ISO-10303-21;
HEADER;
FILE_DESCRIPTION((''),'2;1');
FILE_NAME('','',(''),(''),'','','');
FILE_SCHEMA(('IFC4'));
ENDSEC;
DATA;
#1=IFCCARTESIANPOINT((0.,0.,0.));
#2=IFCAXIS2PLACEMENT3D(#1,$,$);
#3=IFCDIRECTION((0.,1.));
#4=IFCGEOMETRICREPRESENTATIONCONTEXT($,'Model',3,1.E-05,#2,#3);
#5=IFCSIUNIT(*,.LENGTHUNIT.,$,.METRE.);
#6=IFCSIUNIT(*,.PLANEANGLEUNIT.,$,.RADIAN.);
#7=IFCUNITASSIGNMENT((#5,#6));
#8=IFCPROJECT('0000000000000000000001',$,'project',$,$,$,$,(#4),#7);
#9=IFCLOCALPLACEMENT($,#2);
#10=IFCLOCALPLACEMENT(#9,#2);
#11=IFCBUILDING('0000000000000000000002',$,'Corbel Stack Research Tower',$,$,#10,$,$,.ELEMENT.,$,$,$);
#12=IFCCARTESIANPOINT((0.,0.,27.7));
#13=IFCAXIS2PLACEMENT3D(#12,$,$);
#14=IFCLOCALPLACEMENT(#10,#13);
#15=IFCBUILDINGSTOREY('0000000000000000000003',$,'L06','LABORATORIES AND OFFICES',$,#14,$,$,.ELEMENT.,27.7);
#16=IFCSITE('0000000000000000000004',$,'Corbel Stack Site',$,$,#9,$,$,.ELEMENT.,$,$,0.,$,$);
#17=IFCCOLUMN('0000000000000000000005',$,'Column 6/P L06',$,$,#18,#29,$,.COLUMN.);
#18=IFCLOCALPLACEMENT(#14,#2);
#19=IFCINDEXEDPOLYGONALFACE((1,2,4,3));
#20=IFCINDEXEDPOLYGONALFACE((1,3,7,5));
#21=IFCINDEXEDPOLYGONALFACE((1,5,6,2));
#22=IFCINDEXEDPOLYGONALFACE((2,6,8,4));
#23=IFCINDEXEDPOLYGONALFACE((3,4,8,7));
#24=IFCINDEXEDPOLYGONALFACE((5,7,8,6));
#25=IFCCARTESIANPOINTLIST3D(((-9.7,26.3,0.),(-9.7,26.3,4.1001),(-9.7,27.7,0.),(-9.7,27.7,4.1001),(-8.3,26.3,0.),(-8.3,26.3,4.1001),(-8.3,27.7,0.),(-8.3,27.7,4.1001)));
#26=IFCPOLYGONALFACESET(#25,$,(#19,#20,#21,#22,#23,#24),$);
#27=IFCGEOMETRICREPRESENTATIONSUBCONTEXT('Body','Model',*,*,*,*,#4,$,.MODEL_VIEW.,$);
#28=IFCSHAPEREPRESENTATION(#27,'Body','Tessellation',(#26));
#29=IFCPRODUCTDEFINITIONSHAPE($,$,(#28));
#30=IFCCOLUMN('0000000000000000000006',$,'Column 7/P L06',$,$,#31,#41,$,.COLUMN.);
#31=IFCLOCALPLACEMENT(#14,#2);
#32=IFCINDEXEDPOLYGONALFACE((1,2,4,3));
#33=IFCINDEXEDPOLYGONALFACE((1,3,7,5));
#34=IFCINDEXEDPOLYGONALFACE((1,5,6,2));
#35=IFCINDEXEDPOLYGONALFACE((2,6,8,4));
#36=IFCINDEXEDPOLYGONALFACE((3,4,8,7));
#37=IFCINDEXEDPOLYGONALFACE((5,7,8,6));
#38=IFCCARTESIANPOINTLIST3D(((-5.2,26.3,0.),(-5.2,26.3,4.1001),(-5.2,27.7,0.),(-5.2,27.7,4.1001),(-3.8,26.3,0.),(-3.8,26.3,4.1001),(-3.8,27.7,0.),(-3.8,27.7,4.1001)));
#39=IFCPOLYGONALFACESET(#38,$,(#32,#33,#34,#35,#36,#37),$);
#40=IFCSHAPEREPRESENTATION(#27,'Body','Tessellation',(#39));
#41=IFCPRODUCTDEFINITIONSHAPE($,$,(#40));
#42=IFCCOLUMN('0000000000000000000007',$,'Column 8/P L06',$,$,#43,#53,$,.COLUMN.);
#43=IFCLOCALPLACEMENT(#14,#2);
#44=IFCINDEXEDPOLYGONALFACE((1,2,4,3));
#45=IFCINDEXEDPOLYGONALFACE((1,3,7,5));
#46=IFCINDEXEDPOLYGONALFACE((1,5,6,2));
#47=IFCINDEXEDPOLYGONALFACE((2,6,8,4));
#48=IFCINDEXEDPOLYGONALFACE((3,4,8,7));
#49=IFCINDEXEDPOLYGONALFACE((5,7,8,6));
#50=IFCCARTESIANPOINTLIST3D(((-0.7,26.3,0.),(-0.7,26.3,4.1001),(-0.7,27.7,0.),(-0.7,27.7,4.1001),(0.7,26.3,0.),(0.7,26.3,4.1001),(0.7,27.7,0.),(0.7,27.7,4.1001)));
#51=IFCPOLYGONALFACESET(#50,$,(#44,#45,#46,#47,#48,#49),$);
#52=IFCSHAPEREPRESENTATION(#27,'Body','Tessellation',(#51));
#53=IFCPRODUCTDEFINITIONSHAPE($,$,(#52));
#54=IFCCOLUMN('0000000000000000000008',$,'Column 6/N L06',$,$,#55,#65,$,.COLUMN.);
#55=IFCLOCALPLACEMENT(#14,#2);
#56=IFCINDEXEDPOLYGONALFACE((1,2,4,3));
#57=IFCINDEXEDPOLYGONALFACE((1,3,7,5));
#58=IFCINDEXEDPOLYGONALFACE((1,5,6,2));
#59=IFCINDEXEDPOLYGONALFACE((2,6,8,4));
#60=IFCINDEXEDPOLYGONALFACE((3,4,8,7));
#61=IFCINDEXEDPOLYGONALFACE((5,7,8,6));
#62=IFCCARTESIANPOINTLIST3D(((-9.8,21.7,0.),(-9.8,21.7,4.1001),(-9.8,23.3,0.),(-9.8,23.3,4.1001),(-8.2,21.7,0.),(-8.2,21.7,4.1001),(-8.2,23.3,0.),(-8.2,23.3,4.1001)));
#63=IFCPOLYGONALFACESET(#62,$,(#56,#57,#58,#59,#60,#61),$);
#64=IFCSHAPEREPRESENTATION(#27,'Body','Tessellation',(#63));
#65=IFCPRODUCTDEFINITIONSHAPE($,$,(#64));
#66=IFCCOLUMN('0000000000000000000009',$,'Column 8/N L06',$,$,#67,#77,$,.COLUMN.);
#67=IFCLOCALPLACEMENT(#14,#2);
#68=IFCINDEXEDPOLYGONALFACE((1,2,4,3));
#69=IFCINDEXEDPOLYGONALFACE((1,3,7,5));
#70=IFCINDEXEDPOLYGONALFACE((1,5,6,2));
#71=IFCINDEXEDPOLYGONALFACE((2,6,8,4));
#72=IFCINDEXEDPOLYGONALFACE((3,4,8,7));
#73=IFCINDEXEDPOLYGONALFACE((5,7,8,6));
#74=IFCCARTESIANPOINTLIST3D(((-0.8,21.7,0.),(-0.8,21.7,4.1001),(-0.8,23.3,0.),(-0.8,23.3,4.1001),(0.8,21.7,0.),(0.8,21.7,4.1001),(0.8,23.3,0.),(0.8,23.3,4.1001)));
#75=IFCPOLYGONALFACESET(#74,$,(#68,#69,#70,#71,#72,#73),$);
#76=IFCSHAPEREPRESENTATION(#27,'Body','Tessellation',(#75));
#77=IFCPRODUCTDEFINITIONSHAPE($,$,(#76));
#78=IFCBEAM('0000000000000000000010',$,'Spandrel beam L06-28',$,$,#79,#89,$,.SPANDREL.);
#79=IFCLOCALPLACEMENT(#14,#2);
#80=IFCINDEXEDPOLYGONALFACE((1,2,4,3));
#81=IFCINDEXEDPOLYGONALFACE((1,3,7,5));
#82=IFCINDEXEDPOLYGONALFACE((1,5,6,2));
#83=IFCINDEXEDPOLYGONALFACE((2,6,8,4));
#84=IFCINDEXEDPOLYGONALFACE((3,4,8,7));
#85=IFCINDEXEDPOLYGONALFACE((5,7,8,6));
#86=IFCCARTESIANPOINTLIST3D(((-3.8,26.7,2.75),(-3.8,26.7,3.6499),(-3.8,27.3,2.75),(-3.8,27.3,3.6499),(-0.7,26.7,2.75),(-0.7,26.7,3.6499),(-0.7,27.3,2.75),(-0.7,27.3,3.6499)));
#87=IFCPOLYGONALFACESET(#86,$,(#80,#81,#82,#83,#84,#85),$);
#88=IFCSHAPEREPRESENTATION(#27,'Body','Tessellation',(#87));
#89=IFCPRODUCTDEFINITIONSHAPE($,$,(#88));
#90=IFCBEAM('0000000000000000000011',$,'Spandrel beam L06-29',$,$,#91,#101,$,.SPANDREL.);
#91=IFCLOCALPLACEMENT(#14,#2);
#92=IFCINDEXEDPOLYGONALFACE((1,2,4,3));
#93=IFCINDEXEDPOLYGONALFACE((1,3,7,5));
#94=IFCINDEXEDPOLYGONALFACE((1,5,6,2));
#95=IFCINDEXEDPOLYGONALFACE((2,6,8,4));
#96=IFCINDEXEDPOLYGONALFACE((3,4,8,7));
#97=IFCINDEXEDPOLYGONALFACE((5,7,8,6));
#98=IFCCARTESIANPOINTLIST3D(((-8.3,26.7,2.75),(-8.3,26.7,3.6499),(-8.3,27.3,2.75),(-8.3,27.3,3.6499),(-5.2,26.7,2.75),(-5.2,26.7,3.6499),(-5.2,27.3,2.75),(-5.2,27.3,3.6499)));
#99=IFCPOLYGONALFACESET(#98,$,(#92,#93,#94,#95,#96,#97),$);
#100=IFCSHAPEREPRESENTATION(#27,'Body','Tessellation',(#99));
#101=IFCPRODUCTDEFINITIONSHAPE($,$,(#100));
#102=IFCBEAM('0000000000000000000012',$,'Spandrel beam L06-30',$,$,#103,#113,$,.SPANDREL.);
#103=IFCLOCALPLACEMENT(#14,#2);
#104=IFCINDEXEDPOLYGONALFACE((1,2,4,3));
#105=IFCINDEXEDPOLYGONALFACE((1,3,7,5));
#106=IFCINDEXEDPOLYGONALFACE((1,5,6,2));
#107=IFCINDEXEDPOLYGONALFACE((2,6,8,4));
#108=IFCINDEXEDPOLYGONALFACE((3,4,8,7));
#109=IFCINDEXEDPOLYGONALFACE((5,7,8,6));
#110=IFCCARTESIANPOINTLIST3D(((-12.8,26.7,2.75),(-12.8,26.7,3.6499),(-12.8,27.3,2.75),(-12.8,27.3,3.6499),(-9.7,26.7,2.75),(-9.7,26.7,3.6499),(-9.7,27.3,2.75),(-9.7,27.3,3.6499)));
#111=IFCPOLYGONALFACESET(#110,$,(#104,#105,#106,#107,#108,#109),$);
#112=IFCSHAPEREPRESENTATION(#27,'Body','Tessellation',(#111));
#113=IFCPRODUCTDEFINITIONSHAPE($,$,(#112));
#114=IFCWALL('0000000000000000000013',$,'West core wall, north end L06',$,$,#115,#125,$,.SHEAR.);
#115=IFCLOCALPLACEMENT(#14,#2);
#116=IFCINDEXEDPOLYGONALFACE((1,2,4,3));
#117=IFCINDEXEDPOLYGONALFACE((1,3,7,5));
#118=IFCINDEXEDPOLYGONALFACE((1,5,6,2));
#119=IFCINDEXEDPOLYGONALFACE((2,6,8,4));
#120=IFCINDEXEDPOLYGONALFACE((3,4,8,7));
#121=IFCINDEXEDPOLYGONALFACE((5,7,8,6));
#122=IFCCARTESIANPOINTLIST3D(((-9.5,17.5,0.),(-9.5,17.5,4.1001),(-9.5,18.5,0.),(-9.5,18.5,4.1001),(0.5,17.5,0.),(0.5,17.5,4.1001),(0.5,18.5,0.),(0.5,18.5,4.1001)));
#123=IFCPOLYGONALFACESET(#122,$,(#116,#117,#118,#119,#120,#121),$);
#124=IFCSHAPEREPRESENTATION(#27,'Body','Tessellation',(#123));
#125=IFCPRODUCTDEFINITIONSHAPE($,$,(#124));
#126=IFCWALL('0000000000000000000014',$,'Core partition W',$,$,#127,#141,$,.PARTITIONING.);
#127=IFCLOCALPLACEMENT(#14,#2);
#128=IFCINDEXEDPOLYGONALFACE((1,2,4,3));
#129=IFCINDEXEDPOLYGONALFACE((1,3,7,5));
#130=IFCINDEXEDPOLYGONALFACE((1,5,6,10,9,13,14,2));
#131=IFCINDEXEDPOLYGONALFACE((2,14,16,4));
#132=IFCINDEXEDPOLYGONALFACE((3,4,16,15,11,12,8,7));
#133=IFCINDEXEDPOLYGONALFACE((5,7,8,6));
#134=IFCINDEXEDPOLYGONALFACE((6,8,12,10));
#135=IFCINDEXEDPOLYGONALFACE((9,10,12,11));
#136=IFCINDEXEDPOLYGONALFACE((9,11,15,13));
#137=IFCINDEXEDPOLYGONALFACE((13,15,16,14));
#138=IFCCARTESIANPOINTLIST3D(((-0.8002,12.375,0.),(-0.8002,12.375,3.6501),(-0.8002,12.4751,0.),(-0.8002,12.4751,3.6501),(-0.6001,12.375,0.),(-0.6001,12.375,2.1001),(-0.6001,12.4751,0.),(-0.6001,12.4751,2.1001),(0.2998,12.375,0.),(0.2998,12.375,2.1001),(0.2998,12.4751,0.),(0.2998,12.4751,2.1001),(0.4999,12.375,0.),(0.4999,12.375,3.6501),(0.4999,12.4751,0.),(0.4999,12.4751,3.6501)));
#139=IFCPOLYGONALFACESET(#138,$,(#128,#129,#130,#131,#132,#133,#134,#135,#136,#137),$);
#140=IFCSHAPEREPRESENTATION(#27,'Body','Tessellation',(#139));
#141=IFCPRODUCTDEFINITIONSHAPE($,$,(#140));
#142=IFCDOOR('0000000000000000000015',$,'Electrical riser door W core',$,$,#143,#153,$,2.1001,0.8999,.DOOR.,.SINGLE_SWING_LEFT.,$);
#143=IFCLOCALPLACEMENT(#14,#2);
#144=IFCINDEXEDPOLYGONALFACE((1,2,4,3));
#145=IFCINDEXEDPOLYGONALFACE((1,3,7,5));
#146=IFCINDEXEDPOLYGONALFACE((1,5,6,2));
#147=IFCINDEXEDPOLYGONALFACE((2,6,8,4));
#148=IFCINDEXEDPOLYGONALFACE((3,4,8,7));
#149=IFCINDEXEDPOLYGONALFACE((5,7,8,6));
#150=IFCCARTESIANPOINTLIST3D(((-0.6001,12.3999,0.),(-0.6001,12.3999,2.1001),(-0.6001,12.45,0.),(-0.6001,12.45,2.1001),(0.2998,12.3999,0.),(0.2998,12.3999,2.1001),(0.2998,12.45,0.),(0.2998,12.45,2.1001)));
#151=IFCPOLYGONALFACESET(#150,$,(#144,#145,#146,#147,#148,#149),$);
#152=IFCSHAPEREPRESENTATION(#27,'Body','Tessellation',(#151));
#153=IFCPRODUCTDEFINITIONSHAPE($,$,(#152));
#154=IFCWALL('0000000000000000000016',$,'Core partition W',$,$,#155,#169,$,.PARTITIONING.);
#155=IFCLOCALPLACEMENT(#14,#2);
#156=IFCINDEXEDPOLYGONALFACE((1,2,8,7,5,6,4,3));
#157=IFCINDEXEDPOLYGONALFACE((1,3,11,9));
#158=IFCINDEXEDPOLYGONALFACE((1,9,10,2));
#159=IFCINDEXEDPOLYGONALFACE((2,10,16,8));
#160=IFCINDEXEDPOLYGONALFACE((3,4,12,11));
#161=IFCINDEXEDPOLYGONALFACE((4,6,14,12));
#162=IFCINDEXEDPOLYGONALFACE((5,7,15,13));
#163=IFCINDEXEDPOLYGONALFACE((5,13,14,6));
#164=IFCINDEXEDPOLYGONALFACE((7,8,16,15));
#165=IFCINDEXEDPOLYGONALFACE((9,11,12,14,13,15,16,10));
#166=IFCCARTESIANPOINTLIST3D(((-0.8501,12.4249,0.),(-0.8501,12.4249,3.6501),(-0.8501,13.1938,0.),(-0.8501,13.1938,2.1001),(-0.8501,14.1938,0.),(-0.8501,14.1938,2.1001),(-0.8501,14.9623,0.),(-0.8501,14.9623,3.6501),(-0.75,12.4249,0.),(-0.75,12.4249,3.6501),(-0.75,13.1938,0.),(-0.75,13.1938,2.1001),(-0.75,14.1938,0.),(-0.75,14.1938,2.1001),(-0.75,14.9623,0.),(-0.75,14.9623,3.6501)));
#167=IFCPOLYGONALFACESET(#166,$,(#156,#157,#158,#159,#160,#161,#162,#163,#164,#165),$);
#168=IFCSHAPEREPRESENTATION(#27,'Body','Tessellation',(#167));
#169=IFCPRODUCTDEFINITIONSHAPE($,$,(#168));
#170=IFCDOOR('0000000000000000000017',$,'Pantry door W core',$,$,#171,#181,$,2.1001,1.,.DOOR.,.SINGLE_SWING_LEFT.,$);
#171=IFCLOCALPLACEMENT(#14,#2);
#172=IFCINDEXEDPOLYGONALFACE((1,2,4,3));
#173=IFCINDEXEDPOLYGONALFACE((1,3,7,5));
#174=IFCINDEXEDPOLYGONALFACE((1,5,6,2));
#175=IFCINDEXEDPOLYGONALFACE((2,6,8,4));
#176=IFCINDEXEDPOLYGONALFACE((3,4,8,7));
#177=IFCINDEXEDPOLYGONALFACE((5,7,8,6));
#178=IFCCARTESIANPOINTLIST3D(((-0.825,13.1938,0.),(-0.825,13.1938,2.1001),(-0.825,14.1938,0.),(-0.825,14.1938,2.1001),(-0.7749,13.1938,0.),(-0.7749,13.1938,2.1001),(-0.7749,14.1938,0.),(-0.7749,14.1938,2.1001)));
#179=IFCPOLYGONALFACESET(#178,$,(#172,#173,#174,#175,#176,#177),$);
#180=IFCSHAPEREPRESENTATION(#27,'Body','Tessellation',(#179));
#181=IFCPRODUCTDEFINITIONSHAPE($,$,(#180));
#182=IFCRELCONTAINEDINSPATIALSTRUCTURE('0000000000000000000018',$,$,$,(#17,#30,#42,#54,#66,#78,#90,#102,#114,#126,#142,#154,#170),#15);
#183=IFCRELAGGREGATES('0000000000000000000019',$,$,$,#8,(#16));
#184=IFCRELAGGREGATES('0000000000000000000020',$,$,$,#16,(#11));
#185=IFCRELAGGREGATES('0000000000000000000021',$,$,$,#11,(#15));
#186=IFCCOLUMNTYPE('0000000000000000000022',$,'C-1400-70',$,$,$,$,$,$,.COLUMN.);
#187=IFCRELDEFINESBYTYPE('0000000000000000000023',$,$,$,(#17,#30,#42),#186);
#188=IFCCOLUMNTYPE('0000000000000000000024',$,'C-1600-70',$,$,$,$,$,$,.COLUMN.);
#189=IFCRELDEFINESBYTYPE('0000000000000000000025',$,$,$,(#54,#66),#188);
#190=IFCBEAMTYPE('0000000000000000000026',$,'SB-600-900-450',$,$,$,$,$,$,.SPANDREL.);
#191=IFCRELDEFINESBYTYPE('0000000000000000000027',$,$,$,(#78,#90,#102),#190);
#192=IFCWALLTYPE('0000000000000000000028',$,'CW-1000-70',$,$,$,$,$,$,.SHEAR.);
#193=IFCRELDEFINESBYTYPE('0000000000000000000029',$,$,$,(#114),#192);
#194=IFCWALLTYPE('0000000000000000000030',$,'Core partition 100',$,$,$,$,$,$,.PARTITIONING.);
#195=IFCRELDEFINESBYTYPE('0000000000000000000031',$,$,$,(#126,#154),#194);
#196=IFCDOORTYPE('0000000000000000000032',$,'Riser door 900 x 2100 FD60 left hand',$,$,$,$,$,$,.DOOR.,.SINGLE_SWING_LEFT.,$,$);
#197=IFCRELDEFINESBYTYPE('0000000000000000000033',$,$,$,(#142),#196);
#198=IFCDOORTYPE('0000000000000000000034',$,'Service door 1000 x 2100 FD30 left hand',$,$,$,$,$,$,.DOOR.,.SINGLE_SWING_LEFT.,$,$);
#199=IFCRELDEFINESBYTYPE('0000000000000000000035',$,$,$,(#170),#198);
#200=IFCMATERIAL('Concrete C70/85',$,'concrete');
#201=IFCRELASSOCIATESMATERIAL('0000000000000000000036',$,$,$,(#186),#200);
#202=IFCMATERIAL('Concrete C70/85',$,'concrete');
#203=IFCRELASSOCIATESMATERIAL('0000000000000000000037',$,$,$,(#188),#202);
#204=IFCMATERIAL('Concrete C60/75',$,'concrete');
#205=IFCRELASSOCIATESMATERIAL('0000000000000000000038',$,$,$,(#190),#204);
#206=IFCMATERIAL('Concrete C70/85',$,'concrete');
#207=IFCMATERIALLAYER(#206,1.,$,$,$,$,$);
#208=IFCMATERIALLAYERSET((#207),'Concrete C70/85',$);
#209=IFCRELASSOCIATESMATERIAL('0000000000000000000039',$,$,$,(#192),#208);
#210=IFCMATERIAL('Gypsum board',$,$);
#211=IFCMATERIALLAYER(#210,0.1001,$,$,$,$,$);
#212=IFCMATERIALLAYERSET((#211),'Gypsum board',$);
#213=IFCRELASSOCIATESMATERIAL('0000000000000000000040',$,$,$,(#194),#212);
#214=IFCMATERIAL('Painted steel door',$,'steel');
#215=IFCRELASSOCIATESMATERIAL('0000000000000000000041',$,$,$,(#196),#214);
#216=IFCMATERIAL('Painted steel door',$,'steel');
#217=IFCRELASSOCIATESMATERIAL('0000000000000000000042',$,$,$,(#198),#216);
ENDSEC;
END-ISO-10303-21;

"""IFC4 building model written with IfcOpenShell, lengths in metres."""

from ifc_helpers import new_model, si_unit, direction, frame, frame_2d, origin, origin_2d, place, context, subcontext, project, spatial, rectangle, extrude, material, layer, layer_set, material_profile, profile_set, type_object, element, fill, save


model = new_model("IFC4")

# Units and contexts
model_context = context("Model", 3, precision=1e-05, world=origin(), true_north=direction((0.0, 1.0)))
body_context = subcontext(model_context, "Body", "Model", "MODEL_VIEW")
ifc_project = project(units=[si_unit("LENGTHUNIT", "METRE"), si_unit("PLANEANGLEUNIT", "RADIAN")], contexts=[model_context])

# Site, building, storey
site_placement = place(None, origin())
site = spatial("IfcSite", under=ifc_project, at=site_placement, Name="Corbel Stack Site", CompositionType="ELEMENT", RefElevation=0.0)
building_placement = place(site_placement, origin())
building = spatial("IfcBuilding", under=site, at=building_placement, Name="Corbel Stack Research Tower", CompositionType="ELEMENT")
storey_placement = place(building_placement, frame((0.0, 0.0, 27.7)))
storey = spatial("IfcBuildingStorey", under=building, at=storey_placement, Name="L06", Description="LABORATORIES AND OFFICES", CompositionType="ELEMENT", Elevation=27.7)

# Columns
ifc_material_1 = material(Name="Concrete C70/85", Category="concrete")
ifc_material_profile_1 = material_profile(ifc_material_1, rectangle(XDim=1.3999, YDim=1.3999, at=origin_2d()), Name="RC 1400 x 1400")
ifc_profile_set_1 = profile_set([ifc_material_profile_1], Name="Concrete C70/85")
column_type_1 = type_object("IfcColumnType", Name="C-1400-70", PredefinedType="COLUMN", material=ifc_profile_set_1)
for number, where, z_axis, x_axis, name in (
    (1, (-9.0, 27.0, 0.0), (0.0, 0.0, 1.0), (1.0, 0.0, 0.0), "Column 6/P L06"),
    (2, (-4.5, 27.0, 0.0), (0.0, 0.0, 1.0), (1.0, 0.0, 0.0), "Column 7/P L06"),
    (3, (0.0, 27.0, 0.0), (0.0, 0.0, 1.0), (1.0, 0.0, 0.0), "Column 8/P L06"),
):
    element("IfcColumn", number, at=place(storey_placement, frame(where, z_axis=z_axis, x_axis=x_axis)), inside=storey, type_object=column_type_1, Name=name, PredefinedType="COLUMN", context=body_context, shape_type="SweptSolid", body=[
        extrude(rectangle(XDim=1.3999, YDim=1.3999, at=origin_2d()), origin(), (0.0, 0.0, 1.0), 4.1001),
    ])
ifc_material_2 = material(Name="Concrete C70/85", Category="concrete")
ifc_material_profile_2 = material_profile(ifc_material_2, rectangle(XDim=1.6001, YDim=1.6001, at=origin_2d()), Name="RC 1600 x 1600")
ifc_profile_set_2 = profile_set([ifc_material_profile_2], Name="Concrete C70/85")
column_type_2 = type_object("IfcColumnType", Name="C-1600-70", PredefinedType="COLUMN", material=ifc_profile_set_2)
for number, where, z_axis, x_axis, name in (
    (4, (-9.0, 22.5, 0.0), (0.0, 0.0, 1.0), (1.0, 0.0, 0.0), "Column 6/N L06"),
    (5, (0.0, 22.5, 0.0), (0.0, 0.0, 1.0), (1.0, 0.0, 0.0), "Column 8/N L06"),
):
    element("IfcColumn", number, at=place(storey_placement, frame(where, z_axis=z_axis, x_axis=x_axis)), inside=storey, type_object=column_type_2, Name=name, PredefinedType="COLUMN", context=body_context, shape_type="SweptSolid", body=[
        extrude(rectangle(XDim=1.6001, YDim=1.6001, at=origin_2d()), origin(), (0.0, 0.0, 1.0), 4.1001),
    ])

# Beams
ifc_material_3 = material(Name="Concrete C60/75", Category="concrete")
ifc_material_profile_3 = material_profile(ifc_material_3, rectangle(XDim=0.6001, YDim=0.8999, at=origin_2d()), Name="RC 600 x 900")
ifc_profile_set_3 = profile_set([ifc_material_profile_3], Name="Concrete C60/75")
beam_type = type_object("IfcBeamType", Name="SB-600-900-450", PredefinedType="SPANDREL", material=ifc_profile_set_3)
for number, where, z_axis, x_axis, name in (
    (6, (-0.7, 27.0, 3.2), (-1.0, 0.0, 0.0), (0.0, -1.0, 0.0), "Spandrel beam L06-28"),
    (7, (-5.2, 27.0, 3.2), (-1.0, 0.0, 0.0), (0.0, -1.0, 0.0), "Spandrel beam L06-29"),
    (8, (-9.7, 27.0, 3.2), (-1.0, 0.0, 0.0), (0.0, -1.0, 0.0), "Spandrel beam L06-30"),
):
    element("IfcBeam", number, at=place(storey_placement, frame(where, z_axis=z_axis, x_axis=x_axis)), inside=storey, type_object=beam_type, Name=name, PredefinedType="SPANDREL", context=body_context, shape_type="SweptSolid", body=[
        extrude(rectangle(XDim=0.6001, YDim=0.8999, at=origin_2d()), origin(), (0.0, 0.0, 1.0), 3.1001),
    ])

# Wall
ifc_material_4 = material(Name="Concrete C70/85", Category="concrete")
ifc_layer_1 = layer(ifc_material_4, 1.0)
ifc_layer_set_1 = layer_set([ifc_layer_1], Name="Concrete C70/85")
wall_type_1 = type_object("IfcWallType", Name="CW-1000-70", PredefinedType="SHEAR", material=ifc_layer_set_1)
wall_1_placement = place(storey_placement, frame((-9.5, 18.0, 0.0), z_axis=(0.0, 0.0, 1.0), x_axis=(1.0, 0.0, 0.0)))
element("IfcWall", 9, at=wall_1_placement, inside=storey, type_object=wall_type_1, Name="West core wall, north end L06", PredefinedType="SHEAR", context=body_context, shape_type="SweptSolid", body=[
    extrude(rectangle(XDim=10.0, YDim=1.0, at=frame_2d((5.0, 0.0))), origin(), (0.0, 0.0, 1.0), 4.1001),
])

# Walls, openings, doors
ifc_material_5 = material(Name="Gypsum board")
ifc_layer_2 = layer(ifc_material_5, 0.1001)
ifc_layer_set_2 = layer_set([ifc_layer_2], Name="Gypsum board")
wall_type_2 = type_object("IfcWallType", Name="Core partition 100", PredefinedType="PARTITIONING", material=ifc_layer_set_2)
wall_2_placement = place(storey_placement, frame((-0.8, 12.425, 0.0), z_axis=(0.0, 0.0, 1.0), x_axis=(1.0, 0.0, 0.0)))
wall_2 = element("IfcWall", 10, at=wall_2_placement, inside=storey, type_object=wall_type_2, Name="Core partition W", PredefinedType="PARTITIONING", context=body_context, shape_type="SweptSolid", body=[
    extrude(rectangle(XDim=1.3, YDim=0.1001, at=frame_2d((0.6499, 0.0))), origin(), (0.0, 0.0, 1.0), 3.6501),
])
opening_1_placement = place(wall_2_placement, frame((0.2, 0.0, 0.0)))
opening_1 = element("IfcOpeningElement", 11, at=opening_1_placement, cuts=wall_2, PredefinedType="OPENING", context=body_context, shape_type="SweptSolid", body=[
    extrude(rectangle(XDim=0.8999, YDim=2.1001, at=frame_2d((0.45, 1.05))), frame((0.0, 0.0601, 0.0), z_axis=(0.0, -1.0, 0.0), x_axis=(1.0, 0.0, 0.0)), (0.0, 0.0, 1.0), 0.1201),
])
ifc_material_6 = material(Name="Painted steel door", Category="steel")
door_type_1 = type_object("IfcDoorType", Name="Riser door 900 x 2100 FD60 left hand", OperationType="SINGLE_SWING_LEFT", PredefinedType="DOOR", material=ifc_material_6)
door_1_placement = place(opening_1_placement, origin())
door_1 = element("IfcDoor", 12, at=door_1_placement, inside=storey, type_object=door_type_1, Name="Electrical riser door W core", OperationType="SINGLE_SWING_LEFT", OverallHeight=2.1001, OverallWidth=0.8999, PredefinedType="DOOR", context=body_context, shape_type="SweptSolid", body=[
    extrude(rectangle(XDim=0.8999, YDim=2.1001, at=frame_2d((0.45, 1.05))), frame((0.0, 0.0249, 0.0), z_axis=(0.0, -1.0, 0.0), x_axis=(1.0, 0.0, 0.0)), (0.0, 0.0, 1.0), 0.05),
])
fill(opening_1, door_1)
wall_3_placement = place(storey_placement, frame((-0.8, 12.425, 0.0), z_axis=(0.0, 0.0, 1.0), x_axis=(0.0, 1.0, 0.0)))
wall_3 = element("IfcWall", 13, at=wall_3_placement, inside=storey, type_object=wall_type_2, Name="Core partition W", PredefinedType="PARTITIONING", context=body_context, shape_type="SweptSolid", body=[
    extrude(rectangle(XDim=2.5374, YDim=0.1001, at=frame_2d((1.2686, 0.0))), origin(), (0.0, 0.0, 1.0), 3.6501),
])
opening_2_placement = place(wall_3_placement, frame((0.7688, 0.0, 0.0)))
opening_2 = element("IfcOpeningElement", 14, at=opening_2_placement, cuts=wall_3, PredefinedType="OPENING", context=body_context, shape_type="SweptSolid", body=[
    extrude(rectangle(XDim=1.0, YDim=2.1001, at=frame_2d((0.5, 1.05))), frame((0.0, 0.0601, 0.0), z_axis=(0.0, -1.0, 0.0), x_axis=(1.0, 0.0, 0.0)), (0.0, 0.0, 1.0), 0.1201),
])
ifc_material_7 = material(Name="Painted steel door", Category="steel")
door_type_2 = type_object("IfcDoorType", Name="Service door 1000 x 2100 FD30 left hand", OperationType="SINGLE_SWING_LEFT", PredefinedType="DOOR", material=ifc_material_7)
door_2_placement = place(opening_2_placement, origin())
door_2 = element("IfcDoor", 15, at=door_2_placement, inside=storey, type_object=door_type_2, Name="Pantry door W core", OperationType="SINGLE_SWING_LEFT", OverallHeight=2.1001, OverallWidth=1.0, PredefinedType="DOOR", context=body_context, shape_type="SweptSolid", body=[
    extrude(rectangle(XDim=1.0, YDim=2.1001, at=frame_2d((0.5, 1.05))), frame((0.0, 0.0249, 0.0), z_axis=(0.0, -1.0, 0.0), x_axis=(1.0, 0.0, 0.0)), (0.0, 0.0, 1.0), 0.05),
])
fill(opening_2, door_2)

save(model, "model.ifc")
